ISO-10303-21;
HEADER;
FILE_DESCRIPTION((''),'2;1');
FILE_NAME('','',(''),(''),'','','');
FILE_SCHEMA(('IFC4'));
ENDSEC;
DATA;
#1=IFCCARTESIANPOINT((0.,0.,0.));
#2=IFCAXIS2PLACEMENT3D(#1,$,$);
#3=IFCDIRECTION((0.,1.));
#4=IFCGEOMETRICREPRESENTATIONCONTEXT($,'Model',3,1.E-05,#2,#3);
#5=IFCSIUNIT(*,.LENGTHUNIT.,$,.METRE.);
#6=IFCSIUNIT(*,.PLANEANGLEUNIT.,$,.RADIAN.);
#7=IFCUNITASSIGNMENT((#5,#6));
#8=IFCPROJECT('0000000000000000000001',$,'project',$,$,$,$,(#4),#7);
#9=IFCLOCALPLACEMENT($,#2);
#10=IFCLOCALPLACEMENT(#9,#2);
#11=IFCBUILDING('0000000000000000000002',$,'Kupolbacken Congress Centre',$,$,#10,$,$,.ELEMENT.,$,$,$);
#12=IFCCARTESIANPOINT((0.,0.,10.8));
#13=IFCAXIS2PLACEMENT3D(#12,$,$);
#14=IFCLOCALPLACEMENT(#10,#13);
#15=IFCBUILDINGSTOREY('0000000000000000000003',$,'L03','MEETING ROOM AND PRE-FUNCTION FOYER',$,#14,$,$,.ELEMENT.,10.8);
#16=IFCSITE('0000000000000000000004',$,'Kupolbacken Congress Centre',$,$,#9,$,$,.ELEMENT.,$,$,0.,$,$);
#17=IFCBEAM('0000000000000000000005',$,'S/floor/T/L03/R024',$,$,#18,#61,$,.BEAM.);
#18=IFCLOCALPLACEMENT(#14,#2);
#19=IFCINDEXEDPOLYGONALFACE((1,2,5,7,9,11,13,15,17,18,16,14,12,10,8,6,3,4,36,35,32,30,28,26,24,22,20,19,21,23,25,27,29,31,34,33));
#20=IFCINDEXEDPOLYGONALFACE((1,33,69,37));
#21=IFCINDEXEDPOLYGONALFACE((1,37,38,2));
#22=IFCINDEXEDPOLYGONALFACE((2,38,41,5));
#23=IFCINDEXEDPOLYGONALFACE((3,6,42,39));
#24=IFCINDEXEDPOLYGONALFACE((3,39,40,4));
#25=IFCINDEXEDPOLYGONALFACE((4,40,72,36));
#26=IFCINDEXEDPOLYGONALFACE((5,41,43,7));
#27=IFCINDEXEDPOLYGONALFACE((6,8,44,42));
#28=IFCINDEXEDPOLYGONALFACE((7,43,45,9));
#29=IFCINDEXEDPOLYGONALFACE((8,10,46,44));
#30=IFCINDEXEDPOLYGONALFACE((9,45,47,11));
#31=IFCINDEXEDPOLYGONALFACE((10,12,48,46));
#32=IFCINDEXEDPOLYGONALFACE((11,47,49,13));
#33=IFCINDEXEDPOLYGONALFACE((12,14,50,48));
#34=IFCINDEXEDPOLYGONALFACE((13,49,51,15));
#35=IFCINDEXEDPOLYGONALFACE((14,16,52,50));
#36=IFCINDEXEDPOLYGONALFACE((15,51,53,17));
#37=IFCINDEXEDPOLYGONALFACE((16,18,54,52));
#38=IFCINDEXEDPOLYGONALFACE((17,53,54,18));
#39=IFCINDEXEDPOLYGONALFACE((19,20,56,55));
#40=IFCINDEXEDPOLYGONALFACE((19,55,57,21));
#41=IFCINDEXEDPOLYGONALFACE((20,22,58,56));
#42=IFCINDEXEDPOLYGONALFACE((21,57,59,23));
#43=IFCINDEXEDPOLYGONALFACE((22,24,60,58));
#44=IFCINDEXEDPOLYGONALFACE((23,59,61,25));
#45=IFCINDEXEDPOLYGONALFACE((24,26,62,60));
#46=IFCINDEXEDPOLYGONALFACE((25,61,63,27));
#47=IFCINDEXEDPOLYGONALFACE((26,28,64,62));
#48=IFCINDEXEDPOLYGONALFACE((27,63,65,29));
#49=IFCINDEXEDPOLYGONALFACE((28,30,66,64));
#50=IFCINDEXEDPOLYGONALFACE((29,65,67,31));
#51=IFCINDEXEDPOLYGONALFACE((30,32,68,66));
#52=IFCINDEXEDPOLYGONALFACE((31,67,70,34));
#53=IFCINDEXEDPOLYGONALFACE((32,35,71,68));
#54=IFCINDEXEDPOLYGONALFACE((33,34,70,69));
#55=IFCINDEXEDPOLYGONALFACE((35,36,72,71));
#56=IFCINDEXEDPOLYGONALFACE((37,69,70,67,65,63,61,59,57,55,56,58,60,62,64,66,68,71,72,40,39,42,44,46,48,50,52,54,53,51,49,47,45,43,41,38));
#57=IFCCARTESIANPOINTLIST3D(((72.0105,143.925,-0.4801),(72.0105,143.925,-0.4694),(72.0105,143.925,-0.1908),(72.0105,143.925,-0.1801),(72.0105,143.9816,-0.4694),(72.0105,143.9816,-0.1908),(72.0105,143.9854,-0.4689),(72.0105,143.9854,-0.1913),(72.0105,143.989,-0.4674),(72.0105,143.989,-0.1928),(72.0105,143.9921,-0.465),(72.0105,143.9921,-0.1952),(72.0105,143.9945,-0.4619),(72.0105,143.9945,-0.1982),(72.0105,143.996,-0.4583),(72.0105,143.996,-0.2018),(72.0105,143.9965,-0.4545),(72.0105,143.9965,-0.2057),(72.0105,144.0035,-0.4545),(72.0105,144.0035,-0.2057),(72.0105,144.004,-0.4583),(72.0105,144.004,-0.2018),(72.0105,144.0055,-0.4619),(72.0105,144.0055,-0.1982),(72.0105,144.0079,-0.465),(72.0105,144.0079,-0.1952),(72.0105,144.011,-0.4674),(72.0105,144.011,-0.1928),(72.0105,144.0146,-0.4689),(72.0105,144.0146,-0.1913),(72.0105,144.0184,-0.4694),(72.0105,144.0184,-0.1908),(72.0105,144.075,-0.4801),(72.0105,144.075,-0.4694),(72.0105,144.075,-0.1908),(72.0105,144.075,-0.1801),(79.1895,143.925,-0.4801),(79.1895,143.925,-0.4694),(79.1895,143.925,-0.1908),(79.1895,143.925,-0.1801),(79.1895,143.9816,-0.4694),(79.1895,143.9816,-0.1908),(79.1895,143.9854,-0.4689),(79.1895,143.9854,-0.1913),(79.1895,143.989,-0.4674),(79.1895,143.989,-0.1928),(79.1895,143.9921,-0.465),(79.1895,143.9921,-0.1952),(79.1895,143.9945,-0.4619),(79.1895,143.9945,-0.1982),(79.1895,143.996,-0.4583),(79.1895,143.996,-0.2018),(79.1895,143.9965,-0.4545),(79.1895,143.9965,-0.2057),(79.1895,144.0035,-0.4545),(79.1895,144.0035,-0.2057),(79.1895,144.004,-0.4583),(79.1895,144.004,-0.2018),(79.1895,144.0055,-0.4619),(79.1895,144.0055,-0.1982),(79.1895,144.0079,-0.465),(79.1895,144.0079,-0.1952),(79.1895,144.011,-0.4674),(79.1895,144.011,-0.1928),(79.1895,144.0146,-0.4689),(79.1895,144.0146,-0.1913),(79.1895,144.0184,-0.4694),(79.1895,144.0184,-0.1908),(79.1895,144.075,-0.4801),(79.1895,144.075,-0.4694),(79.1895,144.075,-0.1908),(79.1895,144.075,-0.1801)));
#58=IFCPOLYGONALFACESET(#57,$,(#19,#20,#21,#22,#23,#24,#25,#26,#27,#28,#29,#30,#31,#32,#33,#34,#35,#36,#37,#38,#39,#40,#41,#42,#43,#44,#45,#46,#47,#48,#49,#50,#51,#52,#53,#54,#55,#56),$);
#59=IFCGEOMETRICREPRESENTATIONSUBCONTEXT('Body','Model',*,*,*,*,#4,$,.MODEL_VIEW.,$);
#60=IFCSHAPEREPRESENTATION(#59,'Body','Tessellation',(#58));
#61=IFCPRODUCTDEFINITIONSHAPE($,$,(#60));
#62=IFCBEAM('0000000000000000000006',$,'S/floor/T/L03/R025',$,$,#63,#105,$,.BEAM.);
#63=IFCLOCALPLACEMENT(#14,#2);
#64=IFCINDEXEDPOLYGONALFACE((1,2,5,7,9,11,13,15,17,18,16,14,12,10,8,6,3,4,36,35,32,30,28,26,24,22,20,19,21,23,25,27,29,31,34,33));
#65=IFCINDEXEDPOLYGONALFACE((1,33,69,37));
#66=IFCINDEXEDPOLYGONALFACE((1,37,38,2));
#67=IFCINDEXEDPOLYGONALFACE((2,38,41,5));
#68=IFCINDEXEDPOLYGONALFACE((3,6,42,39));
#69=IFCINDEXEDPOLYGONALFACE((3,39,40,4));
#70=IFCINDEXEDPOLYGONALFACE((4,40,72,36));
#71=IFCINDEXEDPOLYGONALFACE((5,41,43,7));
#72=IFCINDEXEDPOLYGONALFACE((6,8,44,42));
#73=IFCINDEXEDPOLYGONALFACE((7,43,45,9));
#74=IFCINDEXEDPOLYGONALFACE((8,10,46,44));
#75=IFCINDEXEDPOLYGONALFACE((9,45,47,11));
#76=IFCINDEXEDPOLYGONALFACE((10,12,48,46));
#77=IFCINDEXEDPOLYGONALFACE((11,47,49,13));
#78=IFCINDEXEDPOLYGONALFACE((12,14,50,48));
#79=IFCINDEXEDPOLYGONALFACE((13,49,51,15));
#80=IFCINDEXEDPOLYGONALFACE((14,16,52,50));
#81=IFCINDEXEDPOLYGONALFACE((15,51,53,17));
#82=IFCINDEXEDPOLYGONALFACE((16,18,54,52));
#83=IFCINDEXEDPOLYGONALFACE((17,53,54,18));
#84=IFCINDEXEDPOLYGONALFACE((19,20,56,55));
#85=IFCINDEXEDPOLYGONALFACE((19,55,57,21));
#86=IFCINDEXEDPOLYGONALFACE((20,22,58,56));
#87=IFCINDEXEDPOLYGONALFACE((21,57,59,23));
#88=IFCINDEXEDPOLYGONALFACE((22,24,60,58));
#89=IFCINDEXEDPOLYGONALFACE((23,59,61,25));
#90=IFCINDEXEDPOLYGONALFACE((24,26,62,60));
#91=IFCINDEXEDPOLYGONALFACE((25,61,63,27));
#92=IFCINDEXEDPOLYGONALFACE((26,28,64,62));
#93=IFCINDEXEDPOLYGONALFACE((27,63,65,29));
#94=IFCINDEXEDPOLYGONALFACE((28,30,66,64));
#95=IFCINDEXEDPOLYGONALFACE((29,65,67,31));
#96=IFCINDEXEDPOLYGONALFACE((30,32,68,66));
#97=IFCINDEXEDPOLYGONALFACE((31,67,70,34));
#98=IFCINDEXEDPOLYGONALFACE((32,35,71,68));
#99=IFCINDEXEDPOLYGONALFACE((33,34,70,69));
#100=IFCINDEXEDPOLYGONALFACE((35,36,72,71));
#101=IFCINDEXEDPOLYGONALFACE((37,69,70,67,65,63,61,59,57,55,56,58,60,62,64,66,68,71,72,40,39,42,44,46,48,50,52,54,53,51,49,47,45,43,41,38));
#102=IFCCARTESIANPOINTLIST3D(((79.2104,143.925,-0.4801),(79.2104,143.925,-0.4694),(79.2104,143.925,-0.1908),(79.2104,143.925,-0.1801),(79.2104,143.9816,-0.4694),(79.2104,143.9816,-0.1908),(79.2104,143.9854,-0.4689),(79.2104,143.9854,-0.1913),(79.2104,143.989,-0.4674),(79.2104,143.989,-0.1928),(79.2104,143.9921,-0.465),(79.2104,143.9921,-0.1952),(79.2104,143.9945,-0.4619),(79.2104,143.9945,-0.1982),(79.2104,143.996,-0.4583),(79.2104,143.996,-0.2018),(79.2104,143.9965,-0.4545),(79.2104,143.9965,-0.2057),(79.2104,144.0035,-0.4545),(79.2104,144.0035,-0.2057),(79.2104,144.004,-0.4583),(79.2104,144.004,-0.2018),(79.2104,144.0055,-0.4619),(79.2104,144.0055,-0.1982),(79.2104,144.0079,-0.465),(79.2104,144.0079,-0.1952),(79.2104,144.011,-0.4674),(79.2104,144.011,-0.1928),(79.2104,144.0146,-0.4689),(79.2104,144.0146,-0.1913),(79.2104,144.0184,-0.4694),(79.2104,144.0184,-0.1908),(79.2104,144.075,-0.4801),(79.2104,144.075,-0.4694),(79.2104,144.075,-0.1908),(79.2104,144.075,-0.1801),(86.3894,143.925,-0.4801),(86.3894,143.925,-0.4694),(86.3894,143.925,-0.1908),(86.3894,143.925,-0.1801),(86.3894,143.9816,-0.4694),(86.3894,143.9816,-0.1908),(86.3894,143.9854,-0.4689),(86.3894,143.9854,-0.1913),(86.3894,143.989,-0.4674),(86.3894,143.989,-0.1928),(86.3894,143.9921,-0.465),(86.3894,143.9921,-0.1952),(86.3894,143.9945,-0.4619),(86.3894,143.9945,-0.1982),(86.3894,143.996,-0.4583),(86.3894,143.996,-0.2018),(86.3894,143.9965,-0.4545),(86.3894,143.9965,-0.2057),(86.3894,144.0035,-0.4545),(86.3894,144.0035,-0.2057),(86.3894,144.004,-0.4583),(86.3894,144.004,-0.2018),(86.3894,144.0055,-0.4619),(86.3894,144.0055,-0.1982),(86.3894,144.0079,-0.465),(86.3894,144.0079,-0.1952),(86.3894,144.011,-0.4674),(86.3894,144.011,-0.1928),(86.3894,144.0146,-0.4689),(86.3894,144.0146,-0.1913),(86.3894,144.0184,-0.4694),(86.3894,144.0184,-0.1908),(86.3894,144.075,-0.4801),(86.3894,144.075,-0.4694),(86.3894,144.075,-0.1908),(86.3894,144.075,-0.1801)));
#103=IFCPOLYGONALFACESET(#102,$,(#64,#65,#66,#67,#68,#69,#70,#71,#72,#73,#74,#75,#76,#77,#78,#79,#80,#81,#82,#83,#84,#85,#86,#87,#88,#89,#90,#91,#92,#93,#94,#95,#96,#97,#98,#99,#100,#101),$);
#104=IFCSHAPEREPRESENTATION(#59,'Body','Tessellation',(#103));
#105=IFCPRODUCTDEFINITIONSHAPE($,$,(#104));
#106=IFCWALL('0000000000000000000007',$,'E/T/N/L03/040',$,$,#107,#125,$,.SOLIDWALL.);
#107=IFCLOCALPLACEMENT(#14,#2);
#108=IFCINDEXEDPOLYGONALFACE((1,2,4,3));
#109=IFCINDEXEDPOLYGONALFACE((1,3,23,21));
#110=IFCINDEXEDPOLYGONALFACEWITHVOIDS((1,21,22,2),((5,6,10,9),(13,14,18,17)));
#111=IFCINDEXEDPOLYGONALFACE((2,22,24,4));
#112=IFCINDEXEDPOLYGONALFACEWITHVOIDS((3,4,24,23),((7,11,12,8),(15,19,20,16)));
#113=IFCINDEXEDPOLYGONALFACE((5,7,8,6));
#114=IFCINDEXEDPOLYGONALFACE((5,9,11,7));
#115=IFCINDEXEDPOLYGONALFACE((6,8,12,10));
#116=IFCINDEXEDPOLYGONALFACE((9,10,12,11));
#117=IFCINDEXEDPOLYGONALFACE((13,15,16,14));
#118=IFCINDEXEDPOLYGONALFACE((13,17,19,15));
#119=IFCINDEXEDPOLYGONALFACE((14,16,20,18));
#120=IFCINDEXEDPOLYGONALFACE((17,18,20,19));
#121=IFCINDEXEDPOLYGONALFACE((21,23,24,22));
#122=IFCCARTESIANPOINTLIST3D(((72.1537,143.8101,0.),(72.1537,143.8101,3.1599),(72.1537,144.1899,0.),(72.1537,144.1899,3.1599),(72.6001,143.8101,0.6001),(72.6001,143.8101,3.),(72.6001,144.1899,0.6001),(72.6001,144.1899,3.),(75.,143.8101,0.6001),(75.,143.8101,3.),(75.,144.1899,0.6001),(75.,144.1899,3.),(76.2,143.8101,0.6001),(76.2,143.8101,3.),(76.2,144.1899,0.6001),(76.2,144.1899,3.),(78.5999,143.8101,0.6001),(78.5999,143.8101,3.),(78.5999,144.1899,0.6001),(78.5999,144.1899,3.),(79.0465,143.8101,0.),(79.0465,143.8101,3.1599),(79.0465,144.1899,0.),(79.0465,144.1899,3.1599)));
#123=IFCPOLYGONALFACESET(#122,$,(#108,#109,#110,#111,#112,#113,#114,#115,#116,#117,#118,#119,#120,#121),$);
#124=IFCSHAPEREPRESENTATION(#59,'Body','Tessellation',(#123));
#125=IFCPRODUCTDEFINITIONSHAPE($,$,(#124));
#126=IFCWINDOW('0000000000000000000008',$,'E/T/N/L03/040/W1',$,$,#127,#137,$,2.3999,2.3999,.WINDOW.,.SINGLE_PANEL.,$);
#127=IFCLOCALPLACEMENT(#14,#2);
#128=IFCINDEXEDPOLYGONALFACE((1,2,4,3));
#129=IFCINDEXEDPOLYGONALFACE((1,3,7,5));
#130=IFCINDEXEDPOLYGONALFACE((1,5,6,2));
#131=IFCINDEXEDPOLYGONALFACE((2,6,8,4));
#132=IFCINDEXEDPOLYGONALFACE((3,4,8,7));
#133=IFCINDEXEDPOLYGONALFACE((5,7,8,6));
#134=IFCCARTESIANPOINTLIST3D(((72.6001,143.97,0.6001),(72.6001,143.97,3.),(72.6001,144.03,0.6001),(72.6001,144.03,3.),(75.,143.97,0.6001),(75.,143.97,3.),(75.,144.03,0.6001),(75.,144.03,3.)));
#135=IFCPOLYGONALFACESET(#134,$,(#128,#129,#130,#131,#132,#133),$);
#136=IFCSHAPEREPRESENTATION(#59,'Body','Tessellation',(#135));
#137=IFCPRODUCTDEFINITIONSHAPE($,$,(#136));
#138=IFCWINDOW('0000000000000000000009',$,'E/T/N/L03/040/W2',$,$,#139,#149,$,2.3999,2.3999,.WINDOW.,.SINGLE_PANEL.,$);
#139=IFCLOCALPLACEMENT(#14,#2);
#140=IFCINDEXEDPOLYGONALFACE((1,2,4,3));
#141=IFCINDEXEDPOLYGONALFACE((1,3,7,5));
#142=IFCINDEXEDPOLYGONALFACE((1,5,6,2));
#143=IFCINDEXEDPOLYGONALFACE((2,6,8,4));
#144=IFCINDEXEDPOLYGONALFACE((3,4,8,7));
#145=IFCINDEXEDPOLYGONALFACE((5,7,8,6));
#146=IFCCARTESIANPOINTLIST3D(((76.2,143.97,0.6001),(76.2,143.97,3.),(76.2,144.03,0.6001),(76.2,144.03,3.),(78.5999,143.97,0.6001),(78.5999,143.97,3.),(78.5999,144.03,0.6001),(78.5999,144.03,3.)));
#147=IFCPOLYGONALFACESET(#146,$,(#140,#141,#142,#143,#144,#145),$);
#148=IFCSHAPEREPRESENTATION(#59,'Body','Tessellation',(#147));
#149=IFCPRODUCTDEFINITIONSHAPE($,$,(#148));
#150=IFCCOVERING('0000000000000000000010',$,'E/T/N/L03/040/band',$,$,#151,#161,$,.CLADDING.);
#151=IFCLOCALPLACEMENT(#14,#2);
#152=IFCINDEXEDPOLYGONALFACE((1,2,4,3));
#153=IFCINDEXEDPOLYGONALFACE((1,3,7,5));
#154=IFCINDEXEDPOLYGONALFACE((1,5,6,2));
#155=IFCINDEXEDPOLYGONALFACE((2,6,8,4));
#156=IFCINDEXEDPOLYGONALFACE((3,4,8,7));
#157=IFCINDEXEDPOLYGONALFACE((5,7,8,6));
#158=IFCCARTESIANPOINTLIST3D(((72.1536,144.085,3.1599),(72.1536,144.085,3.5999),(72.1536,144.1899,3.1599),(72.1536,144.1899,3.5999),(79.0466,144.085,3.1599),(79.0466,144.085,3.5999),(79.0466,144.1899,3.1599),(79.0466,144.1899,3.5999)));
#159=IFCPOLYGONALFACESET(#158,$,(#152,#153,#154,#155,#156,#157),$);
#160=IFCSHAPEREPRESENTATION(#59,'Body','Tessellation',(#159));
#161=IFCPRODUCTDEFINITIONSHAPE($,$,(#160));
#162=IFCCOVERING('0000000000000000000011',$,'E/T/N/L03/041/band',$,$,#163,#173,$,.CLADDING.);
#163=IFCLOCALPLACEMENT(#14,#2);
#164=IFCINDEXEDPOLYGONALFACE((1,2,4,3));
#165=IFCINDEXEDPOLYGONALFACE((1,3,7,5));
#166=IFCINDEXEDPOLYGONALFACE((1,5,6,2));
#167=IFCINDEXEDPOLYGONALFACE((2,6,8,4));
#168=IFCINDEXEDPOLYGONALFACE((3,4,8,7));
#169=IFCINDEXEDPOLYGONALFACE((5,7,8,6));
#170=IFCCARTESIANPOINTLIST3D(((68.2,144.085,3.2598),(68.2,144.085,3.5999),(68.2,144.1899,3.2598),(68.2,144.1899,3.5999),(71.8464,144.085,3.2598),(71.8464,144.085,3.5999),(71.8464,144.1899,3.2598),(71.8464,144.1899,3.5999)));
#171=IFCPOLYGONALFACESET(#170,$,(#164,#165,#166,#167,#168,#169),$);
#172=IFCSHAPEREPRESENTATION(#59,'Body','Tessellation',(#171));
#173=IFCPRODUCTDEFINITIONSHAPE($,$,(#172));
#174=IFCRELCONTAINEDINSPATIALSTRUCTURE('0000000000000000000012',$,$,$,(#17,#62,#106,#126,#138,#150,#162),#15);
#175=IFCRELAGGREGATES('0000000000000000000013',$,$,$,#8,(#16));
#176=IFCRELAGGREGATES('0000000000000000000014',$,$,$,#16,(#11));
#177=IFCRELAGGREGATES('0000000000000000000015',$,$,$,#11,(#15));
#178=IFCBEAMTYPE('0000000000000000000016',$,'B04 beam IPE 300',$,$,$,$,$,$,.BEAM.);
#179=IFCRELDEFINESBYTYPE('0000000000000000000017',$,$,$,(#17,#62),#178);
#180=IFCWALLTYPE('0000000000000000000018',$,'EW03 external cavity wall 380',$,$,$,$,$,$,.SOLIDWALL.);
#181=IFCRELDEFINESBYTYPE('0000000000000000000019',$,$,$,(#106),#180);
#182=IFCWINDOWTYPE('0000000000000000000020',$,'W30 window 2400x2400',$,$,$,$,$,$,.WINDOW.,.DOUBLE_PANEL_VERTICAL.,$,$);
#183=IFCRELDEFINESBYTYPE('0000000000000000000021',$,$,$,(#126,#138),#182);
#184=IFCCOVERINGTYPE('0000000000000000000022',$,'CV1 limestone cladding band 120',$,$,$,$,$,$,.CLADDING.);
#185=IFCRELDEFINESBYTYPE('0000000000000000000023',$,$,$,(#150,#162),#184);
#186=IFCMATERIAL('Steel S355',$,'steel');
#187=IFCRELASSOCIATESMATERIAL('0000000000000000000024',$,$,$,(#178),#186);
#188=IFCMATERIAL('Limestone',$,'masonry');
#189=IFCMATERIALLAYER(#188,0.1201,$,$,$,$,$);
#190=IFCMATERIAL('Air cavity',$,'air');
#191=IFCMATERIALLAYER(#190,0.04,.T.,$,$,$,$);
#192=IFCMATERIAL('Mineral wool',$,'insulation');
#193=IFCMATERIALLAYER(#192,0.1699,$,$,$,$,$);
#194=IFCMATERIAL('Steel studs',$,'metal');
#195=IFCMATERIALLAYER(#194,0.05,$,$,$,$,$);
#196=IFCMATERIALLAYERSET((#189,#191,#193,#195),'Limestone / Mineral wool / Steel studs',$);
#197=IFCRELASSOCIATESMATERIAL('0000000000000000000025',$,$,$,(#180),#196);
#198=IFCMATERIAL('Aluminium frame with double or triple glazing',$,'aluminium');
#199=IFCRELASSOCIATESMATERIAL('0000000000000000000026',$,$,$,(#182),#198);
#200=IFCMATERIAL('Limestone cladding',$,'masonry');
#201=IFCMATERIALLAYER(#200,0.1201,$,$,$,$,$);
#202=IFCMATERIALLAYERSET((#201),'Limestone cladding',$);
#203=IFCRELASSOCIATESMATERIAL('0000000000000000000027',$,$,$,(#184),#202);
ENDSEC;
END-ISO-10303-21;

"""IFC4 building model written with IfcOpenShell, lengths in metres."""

from ifc_helpers import new_model, si_unit, direction, frame, frame_2d, origin, origin_2d, place, context, subcontext, project, spatial, rectangle, i_section, extrude, material, layer, layer_set, material_profile, profile_set, type_object, element, fill, save


model = new_model("IFC4")

# Units and contexts
model_context = context("Model", 3, precision=1e-05, world=origin(), true_north=direction((0.0, 1.0)))
body_context = subcontext(model_context, "Body", "Model", "MODEL_VIEW")
ifc_project = project(units=[si_unit("LENGTHUNIT", "METRE"), si_unit("PLANEANGLEUNIT", "RADIAN")], contexts=[model_context])

# Site, building, storey
site_placement = place(None, origin())
site = spatial("IfcSite", under=ifc_project, at=site_placement, Name="Kupolbacken Congress Centre", CompositionType="ELEMENT", RefElevation=0.0)
building_placement = place(site_placement, origin())
building = spatial("IfcBuilding", under=site, at=building_placement, Name="Kupolbacken Congress Centre", CompositionType="ELEMENT")
storey_placement = place(building_placement, frame((0.0, 0.0, 10.8)))
storey = spatial("IfcBuildingStorey", under=building, at=storey_placement, Name="L03", Description="MEETING ROOM AND PRE-FUNCTION FOYER", CompositionType="ELEMENT", Elevation=10.8)

# Beams
ifc_material_1 = material(Name="Steel S355", Category="steel")
ifc_material_profile_1 = material_profile(ifc_material_1, i_section(OverallWidth=0.1499, OverallDepth=0.3, WebThickness=0.0071, FlangeThickness=0.0107, FilletRadius=0.0149, at=origin_2d()), Name="IPE 300")
ifc_profile_set_1 = profile_set([ifc_material_profile_1], Name="Steel S355")
beam_type = type_object("IfcBeamType", Name="B04 beam IPE 300", PredefinedType="BEAM", material=ifc_profile_set_1)
for number, where, z_axis, x_axis, name in (
    (1, (72.0105, 144.0, -0.3301), (1.0, 0.0, 0.0), (0.0, 1.0, 0.0), "S/floor/T/L03/R024"),
    (2, (79.2104, 144.0, -0.3301), (1.0, 0.0, 0.0), (0.0, 1.0, 0.0), "S/floor/T/L03/R025"),
):
    element("IfcBeam", number, at=place(storey_placement, frame(where, z_axis=z_axis, x_axis=x_axis)), inside=storey, type_object=beam_type, Name=name, PredefinedType="BEAM", context=body_context, shape_type="SweptSolid", body=[
        extrude(i_section(OverallWidth=0.1499, OverallDepth=0.3, WebThickness=0.0071, FlangeThickness=0.0107, FilletRadius=0.0149, at=origin_2d()), origin(), (0.0, 0.0, 1.0), 7.179),
    ])

# Wall, openings, windows
ifc_material_2 = material(Name="Limestone", Category="masonry")
ifc_layer_1 = layer(ifc_material_2, 0.1201)
ifc_material_3 = material(Name="Air cavity", Category="air")
ifc_layer_2 = layer(ifc_material_3, 0.04, ventilated=True)
ifc_material_4 = material(Name="Mineral wool", Category="insulation")
ifc_layer_3 = layer(ifc_material_4, 0.1699)
ifc_material_5 = material(Name="Steel studs", Category="metal")
ifc_layer_4 = layer(ifc_material_5, 0.05)
ifc_layer_set_1 = layer_set([ifc_layer_1, ifc_layer_2, ifc_layer_3, ifc_layer_4], Name="Limestone / Mineral wool / Steel studs")
wall_type = type_object("IfcWallType", Name="EW03 external cavity wall 380", PredefinedType="SOLIDWALL", material=ifc_layer_set_1)
wall_placement = place(storey_placement, frame((79.0464, 144.0, 0.0), z_axis=(0.0, 0.0, 1.0), x_axis=(-1.0, 0.0, 0.0)))
wall = element("IfcWall", 3, at=wall_placement, inside=storey, type_object=wall_type, Name="E/T/N/L03/040", PredefinedType="SOLIDWALL", context=body_context, shape_type="SweptSolid", body=[
    extrude(rectangle(XDim=6.8928, YDim=0.3799, at=frame_2d((3.4463, 0.0))), origin(), (0.0, 0.0, 1.0), 3.1599),
])
opening_1_placement = place(wall_placement, frame((4.0464, 0.0, 0.6001)))
opening_1 = element("IfcOpeningElement", 4, at=opening_1_placement, cuts=wall, PredefinedType="OPENING", context=body_context, shape_type="SweptSolid", body=[
    extrude(rectangle(XDim=2.3999, YDim=2.3999, at=frame_2d((1.2, 1.2))), frame((0.0, 0.2, 0.0), z_axis=(0.0, -1.0, 0.0), x_axis=(1.0, 0.0, 0.0)), (0.0, 0.0, 1.0), 0.3999),
])
opening_2_placement = place(wall_placement, frame((0.4465, 0.0, 0.6001)))
opening_2 = element("IfcOpeningElement", 5, at=opening_2_placement, cuts=wall, PredefinedType="OPENING", context=body_context, shape_type="SweptSolid", body=[
    extrude(rectangle(XDim=2.3999, YDim=2.3999, at=frame_2d((1.2, 1.2))), frame((0.0, 0.2, 0.0), z_axis=(0.0, -1.0, 0.0), x_axis=(1.0, 0.0, 0.0)), (0.0, 0.0, 1.0), 0.3999),
])
ifc_material_6 = material(Name="Aluminium frame with double or triple glazing", Category="aluminium")
window_type = type_object("IfcWindowType", Name="W30 window 2400x2400", PartitioningType="DOUBLE_PANEL_VERTICAL", PredefinedType="WINDOW", material=ifc_material_6)
window_1_placement = place(opening_1_placement, origin())
window_1 = element("IfcWindow", 6, at=window_1_placement, inside=storey, type_object=window_type, Name="E/T/N/L03/040/W1", OverallHeight=2.3999, OverallWidth=2.3999, PartitioningType="SINGLE_PANEL", PredefinedType="WINDOW", context=body_context, shape_type="SweptSolid", body=[
    extrude(rectangle(XDim=2.3999, YDim=2.3999, at=frame_2d((1.2, 1.2))), frame((0.0, 0.03, 0.0), z_axis=(0.0, -1.0, 0.0), x_axis=(1.0, 0.0, 0.0)), (0.0, 0.0, 1.0), 0.0601),
])
fill(opening_1, window_1)
window_2_placement = place(opening_2_placement, origin())
window_2 = element("IfcWindow", 7, at=window_2_placement, inside=storey, type_object=window_type, Name="E/T/N/L03/040/W2", OverallHeight=2.3999, OverallWidth=2.3999, PartitioningType="SINGLE_PANEL", PredefinedType="WINDOW", context=body_context, shape_type="SweptSolid", body=[
    extrude(rectangle(XDim=2.3999, YDim=2.3999, at=frame_2d((1.2, 1.2))), frame((0.0, 0.03, 0.0), z_axis=(0.0, -1.0, 0.0), x_axis=(1.0, 0.0, 0.0)), (0.0, 0.0, 1.0), 0.0601),
])
fill(opening_2, window_2)

# Coverings
ifc_material_7 = material(Name="Limestone cladding", Category="masonry")
ifc_layer_5 = layer(ifc_material_7, 0.1201)
ifc_layer_set_2 = layer_set([ifc_layer_5], Name="Limestone cladding")
covering_type = type_object("IfcCoveringType", Name="CV1 limestone cladding band 120", PredefinedType="CLADDING", material=ifc_layer_set_2)
covering_1_placement = place(storey_placement, frame((75.6001, 144.1375, 3.1599), z_axis=(0.0, 0.0, 1.0), x_axis=(-1.0, 0.0, 0.0)))
element("IfcCovering", 8, at=covering_1_placement, inside=storey, type_object=covering_type, Name="E/T/N/L03/040/band", PredefinedType="CLADDING", context=body_context, shape_type="SweptSolid", body=[
    extrude(rectangle(XDim=6.8931, YDim=0.105, at=origin_2d()), origin(), (0.0, 0.0, 1.0), 0.4399),
])
covering_2_placement = place(storey_placement, frame((70.0232, 144.1375, 3.2598), z_axis=(0.0, 0.0, 1.0), x_axis=(-1.0, 0.0, 0.0)))
element("IfcCovering", 9, at=covering_2_placement, inside=storey, type_object=covering_type, Name="E/T/N/L03/041/band", PredefinedType="CLADDING", context=body_context, shape_type="SweptSolid", body=[
    extrude(rectangle(XDim=3.6465, YDim=0.105, at=origin_2d()), origin(), (0.0, 0.0, 1.0), 0.3401),
])

save(model, "model.ifc")
